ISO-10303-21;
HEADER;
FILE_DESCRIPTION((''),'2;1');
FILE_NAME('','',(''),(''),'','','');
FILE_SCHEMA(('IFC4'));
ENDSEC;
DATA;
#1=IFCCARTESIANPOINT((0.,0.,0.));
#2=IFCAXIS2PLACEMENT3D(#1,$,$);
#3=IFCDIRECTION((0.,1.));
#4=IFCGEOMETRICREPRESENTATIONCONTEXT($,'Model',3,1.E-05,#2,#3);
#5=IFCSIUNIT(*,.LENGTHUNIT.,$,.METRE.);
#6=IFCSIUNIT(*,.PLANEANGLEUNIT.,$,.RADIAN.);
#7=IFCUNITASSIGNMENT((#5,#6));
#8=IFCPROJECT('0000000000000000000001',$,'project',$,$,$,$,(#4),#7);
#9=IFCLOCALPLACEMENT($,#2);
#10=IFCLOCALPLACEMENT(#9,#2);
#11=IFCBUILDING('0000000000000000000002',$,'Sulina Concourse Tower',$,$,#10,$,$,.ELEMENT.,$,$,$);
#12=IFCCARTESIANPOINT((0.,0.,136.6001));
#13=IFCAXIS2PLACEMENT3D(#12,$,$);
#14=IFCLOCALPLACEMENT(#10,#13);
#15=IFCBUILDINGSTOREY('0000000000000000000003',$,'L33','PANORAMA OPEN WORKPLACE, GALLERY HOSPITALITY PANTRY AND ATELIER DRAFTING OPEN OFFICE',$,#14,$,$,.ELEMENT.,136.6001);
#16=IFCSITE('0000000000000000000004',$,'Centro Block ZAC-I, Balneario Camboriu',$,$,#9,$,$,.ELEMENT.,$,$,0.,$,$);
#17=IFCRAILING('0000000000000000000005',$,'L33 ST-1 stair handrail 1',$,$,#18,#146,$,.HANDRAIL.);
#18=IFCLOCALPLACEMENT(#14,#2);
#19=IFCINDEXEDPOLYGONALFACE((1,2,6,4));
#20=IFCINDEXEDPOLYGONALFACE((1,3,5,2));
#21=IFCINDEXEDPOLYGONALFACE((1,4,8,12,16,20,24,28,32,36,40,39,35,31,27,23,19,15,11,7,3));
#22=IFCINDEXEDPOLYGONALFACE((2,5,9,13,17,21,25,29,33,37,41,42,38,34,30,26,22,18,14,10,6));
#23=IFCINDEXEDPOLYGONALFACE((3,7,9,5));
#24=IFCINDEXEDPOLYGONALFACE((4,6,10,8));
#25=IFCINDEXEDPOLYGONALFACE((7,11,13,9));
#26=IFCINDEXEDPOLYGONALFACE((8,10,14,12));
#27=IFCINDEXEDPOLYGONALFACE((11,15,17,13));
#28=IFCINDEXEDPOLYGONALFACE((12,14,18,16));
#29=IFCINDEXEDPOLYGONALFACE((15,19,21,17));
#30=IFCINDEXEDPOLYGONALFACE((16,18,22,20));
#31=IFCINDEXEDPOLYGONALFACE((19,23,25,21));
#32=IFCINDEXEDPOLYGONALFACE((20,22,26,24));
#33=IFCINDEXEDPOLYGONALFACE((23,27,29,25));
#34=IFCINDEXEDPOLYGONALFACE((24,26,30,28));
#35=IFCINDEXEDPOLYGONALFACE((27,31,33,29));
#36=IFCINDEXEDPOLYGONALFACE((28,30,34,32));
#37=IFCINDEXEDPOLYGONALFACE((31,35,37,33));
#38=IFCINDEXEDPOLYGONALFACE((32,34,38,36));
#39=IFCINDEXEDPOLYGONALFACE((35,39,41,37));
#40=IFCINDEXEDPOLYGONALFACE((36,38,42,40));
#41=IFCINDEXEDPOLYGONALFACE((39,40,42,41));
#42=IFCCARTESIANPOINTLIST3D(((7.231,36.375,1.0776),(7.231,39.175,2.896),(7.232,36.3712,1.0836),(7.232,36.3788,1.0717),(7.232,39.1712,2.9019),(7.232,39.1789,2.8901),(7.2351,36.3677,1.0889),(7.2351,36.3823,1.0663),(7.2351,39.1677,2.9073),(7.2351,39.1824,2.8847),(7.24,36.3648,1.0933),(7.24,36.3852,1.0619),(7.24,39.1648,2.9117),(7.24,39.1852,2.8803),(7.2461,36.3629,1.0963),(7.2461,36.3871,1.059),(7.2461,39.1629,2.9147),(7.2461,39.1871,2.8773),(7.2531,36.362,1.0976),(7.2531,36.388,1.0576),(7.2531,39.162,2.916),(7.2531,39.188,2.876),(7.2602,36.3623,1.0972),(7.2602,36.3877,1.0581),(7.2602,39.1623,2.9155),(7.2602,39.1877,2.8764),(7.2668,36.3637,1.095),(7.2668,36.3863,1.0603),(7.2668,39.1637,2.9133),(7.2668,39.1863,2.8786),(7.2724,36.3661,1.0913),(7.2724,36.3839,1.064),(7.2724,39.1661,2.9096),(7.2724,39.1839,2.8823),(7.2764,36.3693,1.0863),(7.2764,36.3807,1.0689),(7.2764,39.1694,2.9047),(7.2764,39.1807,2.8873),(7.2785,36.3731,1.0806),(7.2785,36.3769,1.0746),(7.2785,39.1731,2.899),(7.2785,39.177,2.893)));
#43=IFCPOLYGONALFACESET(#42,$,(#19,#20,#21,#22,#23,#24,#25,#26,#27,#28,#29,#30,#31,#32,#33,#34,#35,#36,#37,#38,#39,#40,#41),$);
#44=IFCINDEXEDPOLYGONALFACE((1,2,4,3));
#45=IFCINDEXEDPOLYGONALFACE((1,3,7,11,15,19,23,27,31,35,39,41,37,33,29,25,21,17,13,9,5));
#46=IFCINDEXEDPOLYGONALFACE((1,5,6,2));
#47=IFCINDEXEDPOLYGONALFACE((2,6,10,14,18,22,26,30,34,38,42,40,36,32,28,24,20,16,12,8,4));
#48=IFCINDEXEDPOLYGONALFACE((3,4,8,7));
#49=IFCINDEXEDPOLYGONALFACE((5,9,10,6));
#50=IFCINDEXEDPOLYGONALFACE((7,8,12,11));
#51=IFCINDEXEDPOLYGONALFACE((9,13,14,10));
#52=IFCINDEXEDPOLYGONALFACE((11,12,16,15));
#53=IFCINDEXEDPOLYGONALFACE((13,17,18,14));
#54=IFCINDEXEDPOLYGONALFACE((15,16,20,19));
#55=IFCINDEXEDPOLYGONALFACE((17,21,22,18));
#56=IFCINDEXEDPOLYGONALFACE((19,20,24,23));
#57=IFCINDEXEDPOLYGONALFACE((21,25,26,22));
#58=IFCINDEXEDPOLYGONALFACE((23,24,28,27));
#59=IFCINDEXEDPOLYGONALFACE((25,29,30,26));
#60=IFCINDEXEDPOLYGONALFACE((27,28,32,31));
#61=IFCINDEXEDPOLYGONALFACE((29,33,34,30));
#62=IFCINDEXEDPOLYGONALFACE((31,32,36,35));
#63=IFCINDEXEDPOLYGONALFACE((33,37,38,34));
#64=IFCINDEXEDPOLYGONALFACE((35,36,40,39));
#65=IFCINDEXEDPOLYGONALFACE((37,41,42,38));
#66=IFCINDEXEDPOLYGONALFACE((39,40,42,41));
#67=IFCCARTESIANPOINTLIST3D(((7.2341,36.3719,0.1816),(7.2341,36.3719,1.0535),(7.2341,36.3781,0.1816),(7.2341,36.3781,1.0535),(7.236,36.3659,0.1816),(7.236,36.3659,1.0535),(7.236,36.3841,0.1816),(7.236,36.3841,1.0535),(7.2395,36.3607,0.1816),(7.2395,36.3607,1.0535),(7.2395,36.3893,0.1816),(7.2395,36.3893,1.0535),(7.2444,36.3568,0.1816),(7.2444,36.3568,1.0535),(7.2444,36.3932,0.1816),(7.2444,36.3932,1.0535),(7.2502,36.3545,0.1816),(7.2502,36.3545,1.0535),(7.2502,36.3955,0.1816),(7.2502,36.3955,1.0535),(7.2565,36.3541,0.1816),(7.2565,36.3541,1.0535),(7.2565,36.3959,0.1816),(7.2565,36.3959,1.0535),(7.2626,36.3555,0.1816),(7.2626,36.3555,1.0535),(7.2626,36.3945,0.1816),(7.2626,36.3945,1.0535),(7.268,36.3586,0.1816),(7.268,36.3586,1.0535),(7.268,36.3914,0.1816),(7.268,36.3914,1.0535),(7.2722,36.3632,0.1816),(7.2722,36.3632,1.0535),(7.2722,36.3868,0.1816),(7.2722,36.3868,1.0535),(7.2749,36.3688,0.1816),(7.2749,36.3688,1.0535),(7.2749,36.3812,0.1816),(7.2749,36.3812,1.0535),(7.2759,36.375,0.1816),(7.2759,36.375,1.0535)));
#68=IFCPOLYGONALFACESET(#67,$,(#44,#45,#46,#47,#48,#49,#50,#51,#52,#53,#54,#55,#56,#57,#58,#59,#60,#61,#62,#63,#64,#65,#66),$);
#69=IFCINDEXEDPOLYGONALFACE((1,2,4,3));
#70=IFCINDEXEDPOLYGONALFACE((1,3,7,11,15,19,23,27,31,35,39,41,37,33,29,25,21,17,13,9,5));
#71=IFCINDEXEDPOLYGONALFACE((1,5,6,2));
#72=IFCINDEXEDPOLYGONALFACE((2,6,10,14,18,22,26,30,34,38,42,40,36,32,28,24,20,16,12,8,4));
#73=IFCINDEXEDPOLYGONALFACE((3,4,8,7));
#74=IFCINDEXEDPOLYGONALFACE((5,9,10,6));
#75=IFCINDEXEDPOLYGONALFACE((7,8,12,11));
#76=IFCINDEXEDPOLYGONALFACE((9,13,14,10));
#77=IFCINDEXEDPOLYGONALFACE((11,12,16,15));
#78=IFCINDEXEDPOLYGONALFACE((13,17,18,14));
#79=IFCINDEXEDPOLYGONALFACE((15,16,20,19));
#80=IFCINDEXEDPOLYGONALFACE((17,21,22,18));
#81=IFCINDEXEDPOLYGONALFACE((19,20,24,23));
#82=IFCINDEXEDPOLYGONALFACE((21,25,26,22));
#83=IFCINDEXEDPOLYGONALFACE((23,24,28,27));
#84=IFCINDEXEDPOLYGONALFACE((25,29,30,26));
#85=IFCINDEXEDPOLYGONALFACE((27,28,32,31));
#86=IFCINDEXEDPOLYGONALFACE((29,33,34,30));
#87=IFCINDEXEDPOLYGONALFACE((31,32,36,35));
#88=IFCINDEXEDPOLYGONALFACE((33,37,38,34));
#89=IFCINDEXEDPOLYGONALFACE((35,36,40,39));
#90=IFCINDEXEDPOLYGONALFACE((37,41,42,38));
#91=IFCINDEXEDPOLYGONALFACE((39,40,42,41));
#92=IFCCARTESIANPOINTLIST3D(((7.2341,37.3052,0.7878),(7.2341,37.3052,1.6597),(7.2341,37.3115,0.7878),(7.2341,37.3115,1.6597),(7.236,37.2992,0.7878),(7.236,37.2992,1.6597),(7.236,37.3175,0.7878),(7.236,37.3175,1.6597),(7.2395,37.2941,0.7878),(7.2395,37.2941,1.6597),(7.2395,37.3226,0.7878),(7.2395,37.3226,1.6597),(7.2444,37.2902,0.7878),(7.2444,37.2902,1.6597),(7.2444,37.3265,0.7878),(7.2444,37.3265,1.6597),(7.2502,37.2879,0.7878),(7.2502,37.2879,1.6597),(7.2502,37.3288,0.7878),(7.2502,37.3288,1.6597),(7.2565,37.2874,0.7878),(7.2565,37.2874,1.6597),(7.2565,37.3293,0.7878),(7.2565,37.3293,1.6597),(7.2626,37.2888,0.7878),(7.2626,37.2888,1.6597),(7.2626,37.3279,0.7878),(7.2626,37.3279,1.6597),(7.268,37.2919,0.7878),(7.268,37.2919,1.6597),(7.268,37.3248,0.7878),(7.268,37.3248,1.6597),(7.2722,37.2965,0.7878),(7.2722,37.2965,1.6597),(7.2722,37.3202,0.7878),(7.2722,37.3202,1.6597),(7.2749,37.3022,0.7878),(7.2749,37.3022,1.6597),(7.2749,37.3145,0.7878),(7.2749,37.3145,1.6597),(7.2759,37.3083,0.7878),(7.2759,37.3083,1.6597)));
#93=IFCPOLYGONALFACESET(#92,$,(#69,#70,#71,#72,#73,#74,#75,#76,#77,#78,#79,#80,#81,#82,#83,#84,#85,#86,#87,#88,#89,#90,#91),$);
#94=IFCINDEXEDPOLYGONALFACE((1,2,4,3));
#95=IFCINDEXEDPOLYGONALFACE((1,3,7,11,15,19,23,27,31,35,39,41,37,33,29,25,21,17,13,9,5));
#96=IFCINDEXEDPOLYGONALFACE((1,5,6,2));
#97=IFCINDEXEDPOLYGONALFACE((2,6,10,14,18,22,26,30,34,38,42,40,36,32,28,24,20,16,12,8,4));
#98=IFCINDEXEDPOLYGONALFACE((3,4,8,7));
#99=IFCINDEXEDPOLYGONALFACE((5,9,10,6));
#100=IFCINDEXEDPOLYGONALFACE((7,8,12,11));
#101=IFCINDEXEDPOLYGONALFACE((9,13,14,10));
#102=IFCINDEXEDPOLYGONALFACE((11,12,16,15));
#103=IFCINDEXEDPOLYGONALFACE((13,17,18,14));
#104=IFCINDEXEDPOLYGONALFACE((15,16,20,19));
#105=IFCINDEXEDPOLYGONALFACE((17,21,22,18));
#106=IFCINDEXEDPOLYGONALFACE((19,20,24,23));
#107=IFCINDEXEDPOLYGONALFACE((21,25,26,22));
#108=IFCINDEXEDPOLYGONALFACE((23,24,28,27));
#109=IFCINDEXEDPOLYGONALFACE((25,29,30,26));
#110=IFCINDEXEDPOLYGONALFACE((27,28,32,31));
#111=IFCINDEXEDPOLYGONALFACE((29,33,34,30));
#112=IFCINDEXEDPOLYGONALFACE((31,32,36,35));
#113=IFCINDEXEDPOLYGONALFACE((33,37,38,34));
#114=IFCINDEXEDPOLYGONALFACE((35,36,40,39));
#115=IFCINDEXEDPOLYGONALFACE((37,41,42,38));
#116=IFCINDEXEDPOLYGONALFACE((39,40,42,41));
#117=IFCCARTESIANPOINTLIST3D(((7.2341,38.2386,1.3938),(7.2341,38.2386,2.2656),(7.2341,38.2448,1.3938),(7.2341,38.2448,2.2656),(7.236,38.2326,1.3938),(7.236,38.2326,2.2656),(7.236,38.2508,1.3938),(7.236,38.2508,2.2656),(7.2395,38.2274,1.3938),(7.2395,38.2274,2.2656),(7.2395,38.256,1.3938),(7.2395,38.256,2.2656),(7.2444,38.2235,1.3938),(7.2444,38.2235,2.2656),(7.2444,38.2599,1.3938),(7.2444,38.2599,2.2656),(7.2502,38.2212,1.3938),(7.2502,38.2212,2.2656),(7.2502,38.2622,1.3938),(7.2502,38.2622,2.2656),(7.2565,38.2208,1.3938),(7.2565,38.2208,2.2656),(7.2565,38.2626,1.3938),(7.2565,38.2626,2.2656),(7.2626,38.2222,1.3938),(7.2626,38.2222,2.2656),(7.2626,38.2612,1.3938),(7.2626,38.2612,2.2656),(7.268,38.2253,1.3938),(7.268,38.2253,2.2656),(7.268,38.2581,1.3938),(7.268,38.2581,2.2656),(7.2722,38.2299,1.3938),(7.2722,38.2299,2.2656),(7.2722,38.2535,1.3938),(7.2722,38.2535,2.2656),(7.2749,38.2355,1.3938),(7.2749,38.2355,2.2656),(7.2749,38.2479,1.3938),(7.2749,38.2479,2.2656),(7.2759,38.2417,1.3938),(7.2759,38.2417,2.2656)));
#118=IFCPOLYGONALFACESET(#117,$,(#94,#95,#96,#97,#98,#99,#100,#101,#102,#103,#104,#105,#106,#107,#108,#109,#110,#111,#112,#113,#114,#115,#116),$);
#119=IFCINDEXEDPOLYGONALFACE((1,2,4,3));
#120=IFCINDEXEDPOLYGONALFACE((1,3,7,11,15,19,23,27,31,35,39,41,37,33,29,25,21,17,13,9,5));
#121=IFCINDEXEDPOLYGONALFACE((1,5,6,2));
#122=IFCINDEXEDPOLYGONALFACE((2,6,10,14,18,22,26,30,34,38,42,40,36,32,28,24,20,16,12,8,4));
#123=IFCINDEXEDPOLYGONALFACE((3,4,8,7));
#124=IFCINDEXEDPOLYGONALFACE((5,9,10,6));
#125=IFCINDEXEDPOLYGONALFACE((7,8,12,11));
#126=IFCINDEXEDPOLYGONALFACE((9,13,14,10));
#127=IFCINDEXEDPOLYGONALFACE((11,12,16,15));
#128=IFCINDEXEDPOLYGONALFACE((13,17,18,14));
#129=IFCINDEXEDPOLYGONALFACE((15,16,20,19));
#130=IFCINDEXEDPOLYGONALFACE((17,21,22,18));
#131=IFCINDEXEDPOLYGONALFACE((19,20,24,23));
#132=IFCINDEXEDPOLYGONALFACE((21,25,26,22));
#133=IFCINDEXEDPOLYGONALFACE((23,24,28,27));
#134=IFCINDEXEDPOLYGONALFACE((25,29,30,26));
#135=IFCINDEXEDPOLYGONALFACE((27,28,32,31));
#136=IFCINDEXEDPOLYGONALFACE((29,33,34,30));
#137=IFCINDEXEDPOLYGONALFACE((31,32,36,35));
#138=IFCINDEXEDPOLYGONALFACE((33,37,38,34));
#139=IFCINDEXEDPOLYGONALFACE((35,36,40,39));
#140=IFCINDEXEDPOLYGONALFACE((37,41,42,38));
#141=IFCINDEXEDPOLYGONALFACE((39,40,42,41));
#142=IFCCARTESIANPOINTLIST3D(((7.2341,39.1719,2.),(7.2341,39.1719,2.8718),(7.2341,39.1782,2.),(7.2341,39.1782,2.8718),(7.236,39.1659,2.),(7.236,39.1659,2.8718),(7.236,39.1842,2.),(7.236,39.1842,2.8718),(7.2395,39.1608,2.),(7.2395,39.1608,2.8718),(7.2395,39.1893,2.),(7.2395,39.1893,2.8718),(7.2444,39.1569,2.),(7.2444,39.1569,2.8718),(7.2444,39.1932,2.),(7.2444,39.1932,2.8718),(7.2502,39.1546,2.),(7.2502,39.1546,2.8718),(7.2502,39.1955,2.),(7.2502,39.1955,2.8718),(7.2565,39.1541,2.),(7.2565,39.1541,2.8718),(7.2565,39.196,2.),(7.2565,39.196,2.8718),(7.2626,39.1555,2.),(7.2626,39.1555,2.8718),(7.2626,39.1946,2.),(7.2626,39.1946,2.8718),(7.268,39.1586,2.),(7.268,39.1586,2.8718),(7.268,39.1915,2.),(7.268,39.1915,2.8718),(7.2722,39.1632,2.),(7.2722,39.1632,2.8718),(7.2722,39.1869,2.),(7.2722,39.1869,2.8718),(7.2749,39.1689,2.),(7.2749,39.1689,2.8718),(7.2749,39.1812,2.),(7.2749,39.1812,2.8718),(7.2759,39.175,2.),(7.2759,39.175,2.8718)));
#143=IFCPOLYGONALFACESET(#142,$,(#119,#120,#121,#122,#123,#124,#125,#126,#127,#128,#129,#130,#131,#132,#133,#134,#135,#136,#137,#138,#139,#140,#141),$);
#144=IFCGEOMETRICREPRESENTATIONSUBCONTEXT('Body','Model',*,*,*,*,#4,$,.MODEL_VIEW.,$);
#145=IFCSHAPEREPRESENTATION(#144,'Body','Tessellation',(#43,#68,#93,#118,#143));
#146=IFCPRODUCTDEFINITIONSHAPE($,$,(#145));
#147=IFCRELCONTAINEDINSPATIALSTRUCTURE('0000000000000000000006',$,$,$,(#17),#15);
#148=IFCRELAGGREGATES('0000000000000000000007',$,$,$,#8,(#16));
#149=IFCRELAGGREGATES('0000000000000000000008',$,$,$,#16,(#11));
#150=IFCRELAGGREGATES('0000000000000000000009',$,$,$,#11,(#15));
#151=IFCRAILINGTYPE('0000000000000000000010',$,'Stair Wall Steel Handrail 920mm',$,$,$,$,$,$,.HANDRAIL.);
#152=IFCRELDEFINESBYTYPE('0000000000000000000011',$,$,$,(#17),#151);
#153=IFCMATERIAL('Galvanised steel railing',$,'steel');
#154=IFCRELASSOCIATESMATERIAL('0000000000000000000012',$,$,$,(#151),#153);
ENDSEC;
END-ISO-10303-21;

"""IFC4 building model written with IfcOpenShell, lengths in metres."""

from ifc_helpers import new_model, si_unit, direction, frame, origin, origin_2d, place, context, subcontext, project, spatial, circle, extrude, material, type_object, element, save


model = new_model("IFC4")

# Units and contexts
model_context = context("Model", 3, precision=1e-05, world=origin(), true_north=direction((0.0, 1.0)))
body_context = subcontext(model_context, "Body", "Model", "MODEL_VIEW")
ifc_project = project(units=[si_unit("LENGTHUNIT", "METRE"), si_unit("PLANEANGLEUNIT", "RADIAN")], contexts=[model_context])

# Site, building, storey
site_placement = place(None, origin())
site = spatial("IfcSite", under=ifc_project, at=site_placement, Name="Centro Block ZAC-I, Balneario Camboriu", CompositionType="ELEMENT", RefElevation=0.0)
building_placement = place(site_placement, origin())
building = spatial("IfcBuilding", under=site, at=building_placement, Name="Sulina Concourse Tower", CompositionType="ELEMENT")
storey_placement = place(building_placement, frame((0.0, 0.0, 136.6001)))
storey = spatial("IfcBuildingStorey", under=building, at=storey_placement, Name="L33", Description="PANORAMA OPEN WORKPLACE, GALLERY HOSPITALITY PANTRY AND ATELIER DRAFTING OPEN OFFICE", CompositionType="ELEMENT", Elevation=136.6001)

# Railing
ifc_material_1 = material(Name="Galvanised steel railing", Category="steel")
railing_type_1 = type_object("IfcRailingType", Name="Stair Wall Steel Handrail 920mm", PredefinedType="HANDRAIL", material=ifc_material_1)
railing_1_placement = place(storey_placement, frame((7.2549, 36.375, 0.1816)))
element("IfcRailing", 1, at=railing_1_placement, inside=storey, type_object=railing_type_1, Name="L33 ST-1 stair handrail 1", PredefinedType="HANDRAIL", context=body_context, shape_type="SweptSolid", body=[
    extrude(circle(Radius=0.0239, at=origin_2d()), frame((0.0, 0.0, 0.896), z_axis=(0.0, 0.838672, 0.544636), x_axis=(-1.0, 0.0, 0.0)), (0.0, 0.0, 1.0), 3.3386),
    extrude(circle(Radius=0.021, at=origin_2d()), origin(), (0.0, 0.0, 1.0), 0.8718),
    extrude(circle(Radius=0.021, at=origin_2d()), frame((0.0, 0.9333, 0.6062)), (0.0, 0.0, 1.0), 0.8718),
    extrude(circle(Radius=0.021, at=origin_2d()), frame((0.0, 1.8667, 1.2122)), (0.0, 0.0, 1.0), 0.8718),
    extrude(circle(Radius=0.021, at=origin_2d()), frame((0.0, 2.8, 1.8184)), (0.0, 0.0, 1.0), 0.8718),
])

save(model, "model.ifc")
